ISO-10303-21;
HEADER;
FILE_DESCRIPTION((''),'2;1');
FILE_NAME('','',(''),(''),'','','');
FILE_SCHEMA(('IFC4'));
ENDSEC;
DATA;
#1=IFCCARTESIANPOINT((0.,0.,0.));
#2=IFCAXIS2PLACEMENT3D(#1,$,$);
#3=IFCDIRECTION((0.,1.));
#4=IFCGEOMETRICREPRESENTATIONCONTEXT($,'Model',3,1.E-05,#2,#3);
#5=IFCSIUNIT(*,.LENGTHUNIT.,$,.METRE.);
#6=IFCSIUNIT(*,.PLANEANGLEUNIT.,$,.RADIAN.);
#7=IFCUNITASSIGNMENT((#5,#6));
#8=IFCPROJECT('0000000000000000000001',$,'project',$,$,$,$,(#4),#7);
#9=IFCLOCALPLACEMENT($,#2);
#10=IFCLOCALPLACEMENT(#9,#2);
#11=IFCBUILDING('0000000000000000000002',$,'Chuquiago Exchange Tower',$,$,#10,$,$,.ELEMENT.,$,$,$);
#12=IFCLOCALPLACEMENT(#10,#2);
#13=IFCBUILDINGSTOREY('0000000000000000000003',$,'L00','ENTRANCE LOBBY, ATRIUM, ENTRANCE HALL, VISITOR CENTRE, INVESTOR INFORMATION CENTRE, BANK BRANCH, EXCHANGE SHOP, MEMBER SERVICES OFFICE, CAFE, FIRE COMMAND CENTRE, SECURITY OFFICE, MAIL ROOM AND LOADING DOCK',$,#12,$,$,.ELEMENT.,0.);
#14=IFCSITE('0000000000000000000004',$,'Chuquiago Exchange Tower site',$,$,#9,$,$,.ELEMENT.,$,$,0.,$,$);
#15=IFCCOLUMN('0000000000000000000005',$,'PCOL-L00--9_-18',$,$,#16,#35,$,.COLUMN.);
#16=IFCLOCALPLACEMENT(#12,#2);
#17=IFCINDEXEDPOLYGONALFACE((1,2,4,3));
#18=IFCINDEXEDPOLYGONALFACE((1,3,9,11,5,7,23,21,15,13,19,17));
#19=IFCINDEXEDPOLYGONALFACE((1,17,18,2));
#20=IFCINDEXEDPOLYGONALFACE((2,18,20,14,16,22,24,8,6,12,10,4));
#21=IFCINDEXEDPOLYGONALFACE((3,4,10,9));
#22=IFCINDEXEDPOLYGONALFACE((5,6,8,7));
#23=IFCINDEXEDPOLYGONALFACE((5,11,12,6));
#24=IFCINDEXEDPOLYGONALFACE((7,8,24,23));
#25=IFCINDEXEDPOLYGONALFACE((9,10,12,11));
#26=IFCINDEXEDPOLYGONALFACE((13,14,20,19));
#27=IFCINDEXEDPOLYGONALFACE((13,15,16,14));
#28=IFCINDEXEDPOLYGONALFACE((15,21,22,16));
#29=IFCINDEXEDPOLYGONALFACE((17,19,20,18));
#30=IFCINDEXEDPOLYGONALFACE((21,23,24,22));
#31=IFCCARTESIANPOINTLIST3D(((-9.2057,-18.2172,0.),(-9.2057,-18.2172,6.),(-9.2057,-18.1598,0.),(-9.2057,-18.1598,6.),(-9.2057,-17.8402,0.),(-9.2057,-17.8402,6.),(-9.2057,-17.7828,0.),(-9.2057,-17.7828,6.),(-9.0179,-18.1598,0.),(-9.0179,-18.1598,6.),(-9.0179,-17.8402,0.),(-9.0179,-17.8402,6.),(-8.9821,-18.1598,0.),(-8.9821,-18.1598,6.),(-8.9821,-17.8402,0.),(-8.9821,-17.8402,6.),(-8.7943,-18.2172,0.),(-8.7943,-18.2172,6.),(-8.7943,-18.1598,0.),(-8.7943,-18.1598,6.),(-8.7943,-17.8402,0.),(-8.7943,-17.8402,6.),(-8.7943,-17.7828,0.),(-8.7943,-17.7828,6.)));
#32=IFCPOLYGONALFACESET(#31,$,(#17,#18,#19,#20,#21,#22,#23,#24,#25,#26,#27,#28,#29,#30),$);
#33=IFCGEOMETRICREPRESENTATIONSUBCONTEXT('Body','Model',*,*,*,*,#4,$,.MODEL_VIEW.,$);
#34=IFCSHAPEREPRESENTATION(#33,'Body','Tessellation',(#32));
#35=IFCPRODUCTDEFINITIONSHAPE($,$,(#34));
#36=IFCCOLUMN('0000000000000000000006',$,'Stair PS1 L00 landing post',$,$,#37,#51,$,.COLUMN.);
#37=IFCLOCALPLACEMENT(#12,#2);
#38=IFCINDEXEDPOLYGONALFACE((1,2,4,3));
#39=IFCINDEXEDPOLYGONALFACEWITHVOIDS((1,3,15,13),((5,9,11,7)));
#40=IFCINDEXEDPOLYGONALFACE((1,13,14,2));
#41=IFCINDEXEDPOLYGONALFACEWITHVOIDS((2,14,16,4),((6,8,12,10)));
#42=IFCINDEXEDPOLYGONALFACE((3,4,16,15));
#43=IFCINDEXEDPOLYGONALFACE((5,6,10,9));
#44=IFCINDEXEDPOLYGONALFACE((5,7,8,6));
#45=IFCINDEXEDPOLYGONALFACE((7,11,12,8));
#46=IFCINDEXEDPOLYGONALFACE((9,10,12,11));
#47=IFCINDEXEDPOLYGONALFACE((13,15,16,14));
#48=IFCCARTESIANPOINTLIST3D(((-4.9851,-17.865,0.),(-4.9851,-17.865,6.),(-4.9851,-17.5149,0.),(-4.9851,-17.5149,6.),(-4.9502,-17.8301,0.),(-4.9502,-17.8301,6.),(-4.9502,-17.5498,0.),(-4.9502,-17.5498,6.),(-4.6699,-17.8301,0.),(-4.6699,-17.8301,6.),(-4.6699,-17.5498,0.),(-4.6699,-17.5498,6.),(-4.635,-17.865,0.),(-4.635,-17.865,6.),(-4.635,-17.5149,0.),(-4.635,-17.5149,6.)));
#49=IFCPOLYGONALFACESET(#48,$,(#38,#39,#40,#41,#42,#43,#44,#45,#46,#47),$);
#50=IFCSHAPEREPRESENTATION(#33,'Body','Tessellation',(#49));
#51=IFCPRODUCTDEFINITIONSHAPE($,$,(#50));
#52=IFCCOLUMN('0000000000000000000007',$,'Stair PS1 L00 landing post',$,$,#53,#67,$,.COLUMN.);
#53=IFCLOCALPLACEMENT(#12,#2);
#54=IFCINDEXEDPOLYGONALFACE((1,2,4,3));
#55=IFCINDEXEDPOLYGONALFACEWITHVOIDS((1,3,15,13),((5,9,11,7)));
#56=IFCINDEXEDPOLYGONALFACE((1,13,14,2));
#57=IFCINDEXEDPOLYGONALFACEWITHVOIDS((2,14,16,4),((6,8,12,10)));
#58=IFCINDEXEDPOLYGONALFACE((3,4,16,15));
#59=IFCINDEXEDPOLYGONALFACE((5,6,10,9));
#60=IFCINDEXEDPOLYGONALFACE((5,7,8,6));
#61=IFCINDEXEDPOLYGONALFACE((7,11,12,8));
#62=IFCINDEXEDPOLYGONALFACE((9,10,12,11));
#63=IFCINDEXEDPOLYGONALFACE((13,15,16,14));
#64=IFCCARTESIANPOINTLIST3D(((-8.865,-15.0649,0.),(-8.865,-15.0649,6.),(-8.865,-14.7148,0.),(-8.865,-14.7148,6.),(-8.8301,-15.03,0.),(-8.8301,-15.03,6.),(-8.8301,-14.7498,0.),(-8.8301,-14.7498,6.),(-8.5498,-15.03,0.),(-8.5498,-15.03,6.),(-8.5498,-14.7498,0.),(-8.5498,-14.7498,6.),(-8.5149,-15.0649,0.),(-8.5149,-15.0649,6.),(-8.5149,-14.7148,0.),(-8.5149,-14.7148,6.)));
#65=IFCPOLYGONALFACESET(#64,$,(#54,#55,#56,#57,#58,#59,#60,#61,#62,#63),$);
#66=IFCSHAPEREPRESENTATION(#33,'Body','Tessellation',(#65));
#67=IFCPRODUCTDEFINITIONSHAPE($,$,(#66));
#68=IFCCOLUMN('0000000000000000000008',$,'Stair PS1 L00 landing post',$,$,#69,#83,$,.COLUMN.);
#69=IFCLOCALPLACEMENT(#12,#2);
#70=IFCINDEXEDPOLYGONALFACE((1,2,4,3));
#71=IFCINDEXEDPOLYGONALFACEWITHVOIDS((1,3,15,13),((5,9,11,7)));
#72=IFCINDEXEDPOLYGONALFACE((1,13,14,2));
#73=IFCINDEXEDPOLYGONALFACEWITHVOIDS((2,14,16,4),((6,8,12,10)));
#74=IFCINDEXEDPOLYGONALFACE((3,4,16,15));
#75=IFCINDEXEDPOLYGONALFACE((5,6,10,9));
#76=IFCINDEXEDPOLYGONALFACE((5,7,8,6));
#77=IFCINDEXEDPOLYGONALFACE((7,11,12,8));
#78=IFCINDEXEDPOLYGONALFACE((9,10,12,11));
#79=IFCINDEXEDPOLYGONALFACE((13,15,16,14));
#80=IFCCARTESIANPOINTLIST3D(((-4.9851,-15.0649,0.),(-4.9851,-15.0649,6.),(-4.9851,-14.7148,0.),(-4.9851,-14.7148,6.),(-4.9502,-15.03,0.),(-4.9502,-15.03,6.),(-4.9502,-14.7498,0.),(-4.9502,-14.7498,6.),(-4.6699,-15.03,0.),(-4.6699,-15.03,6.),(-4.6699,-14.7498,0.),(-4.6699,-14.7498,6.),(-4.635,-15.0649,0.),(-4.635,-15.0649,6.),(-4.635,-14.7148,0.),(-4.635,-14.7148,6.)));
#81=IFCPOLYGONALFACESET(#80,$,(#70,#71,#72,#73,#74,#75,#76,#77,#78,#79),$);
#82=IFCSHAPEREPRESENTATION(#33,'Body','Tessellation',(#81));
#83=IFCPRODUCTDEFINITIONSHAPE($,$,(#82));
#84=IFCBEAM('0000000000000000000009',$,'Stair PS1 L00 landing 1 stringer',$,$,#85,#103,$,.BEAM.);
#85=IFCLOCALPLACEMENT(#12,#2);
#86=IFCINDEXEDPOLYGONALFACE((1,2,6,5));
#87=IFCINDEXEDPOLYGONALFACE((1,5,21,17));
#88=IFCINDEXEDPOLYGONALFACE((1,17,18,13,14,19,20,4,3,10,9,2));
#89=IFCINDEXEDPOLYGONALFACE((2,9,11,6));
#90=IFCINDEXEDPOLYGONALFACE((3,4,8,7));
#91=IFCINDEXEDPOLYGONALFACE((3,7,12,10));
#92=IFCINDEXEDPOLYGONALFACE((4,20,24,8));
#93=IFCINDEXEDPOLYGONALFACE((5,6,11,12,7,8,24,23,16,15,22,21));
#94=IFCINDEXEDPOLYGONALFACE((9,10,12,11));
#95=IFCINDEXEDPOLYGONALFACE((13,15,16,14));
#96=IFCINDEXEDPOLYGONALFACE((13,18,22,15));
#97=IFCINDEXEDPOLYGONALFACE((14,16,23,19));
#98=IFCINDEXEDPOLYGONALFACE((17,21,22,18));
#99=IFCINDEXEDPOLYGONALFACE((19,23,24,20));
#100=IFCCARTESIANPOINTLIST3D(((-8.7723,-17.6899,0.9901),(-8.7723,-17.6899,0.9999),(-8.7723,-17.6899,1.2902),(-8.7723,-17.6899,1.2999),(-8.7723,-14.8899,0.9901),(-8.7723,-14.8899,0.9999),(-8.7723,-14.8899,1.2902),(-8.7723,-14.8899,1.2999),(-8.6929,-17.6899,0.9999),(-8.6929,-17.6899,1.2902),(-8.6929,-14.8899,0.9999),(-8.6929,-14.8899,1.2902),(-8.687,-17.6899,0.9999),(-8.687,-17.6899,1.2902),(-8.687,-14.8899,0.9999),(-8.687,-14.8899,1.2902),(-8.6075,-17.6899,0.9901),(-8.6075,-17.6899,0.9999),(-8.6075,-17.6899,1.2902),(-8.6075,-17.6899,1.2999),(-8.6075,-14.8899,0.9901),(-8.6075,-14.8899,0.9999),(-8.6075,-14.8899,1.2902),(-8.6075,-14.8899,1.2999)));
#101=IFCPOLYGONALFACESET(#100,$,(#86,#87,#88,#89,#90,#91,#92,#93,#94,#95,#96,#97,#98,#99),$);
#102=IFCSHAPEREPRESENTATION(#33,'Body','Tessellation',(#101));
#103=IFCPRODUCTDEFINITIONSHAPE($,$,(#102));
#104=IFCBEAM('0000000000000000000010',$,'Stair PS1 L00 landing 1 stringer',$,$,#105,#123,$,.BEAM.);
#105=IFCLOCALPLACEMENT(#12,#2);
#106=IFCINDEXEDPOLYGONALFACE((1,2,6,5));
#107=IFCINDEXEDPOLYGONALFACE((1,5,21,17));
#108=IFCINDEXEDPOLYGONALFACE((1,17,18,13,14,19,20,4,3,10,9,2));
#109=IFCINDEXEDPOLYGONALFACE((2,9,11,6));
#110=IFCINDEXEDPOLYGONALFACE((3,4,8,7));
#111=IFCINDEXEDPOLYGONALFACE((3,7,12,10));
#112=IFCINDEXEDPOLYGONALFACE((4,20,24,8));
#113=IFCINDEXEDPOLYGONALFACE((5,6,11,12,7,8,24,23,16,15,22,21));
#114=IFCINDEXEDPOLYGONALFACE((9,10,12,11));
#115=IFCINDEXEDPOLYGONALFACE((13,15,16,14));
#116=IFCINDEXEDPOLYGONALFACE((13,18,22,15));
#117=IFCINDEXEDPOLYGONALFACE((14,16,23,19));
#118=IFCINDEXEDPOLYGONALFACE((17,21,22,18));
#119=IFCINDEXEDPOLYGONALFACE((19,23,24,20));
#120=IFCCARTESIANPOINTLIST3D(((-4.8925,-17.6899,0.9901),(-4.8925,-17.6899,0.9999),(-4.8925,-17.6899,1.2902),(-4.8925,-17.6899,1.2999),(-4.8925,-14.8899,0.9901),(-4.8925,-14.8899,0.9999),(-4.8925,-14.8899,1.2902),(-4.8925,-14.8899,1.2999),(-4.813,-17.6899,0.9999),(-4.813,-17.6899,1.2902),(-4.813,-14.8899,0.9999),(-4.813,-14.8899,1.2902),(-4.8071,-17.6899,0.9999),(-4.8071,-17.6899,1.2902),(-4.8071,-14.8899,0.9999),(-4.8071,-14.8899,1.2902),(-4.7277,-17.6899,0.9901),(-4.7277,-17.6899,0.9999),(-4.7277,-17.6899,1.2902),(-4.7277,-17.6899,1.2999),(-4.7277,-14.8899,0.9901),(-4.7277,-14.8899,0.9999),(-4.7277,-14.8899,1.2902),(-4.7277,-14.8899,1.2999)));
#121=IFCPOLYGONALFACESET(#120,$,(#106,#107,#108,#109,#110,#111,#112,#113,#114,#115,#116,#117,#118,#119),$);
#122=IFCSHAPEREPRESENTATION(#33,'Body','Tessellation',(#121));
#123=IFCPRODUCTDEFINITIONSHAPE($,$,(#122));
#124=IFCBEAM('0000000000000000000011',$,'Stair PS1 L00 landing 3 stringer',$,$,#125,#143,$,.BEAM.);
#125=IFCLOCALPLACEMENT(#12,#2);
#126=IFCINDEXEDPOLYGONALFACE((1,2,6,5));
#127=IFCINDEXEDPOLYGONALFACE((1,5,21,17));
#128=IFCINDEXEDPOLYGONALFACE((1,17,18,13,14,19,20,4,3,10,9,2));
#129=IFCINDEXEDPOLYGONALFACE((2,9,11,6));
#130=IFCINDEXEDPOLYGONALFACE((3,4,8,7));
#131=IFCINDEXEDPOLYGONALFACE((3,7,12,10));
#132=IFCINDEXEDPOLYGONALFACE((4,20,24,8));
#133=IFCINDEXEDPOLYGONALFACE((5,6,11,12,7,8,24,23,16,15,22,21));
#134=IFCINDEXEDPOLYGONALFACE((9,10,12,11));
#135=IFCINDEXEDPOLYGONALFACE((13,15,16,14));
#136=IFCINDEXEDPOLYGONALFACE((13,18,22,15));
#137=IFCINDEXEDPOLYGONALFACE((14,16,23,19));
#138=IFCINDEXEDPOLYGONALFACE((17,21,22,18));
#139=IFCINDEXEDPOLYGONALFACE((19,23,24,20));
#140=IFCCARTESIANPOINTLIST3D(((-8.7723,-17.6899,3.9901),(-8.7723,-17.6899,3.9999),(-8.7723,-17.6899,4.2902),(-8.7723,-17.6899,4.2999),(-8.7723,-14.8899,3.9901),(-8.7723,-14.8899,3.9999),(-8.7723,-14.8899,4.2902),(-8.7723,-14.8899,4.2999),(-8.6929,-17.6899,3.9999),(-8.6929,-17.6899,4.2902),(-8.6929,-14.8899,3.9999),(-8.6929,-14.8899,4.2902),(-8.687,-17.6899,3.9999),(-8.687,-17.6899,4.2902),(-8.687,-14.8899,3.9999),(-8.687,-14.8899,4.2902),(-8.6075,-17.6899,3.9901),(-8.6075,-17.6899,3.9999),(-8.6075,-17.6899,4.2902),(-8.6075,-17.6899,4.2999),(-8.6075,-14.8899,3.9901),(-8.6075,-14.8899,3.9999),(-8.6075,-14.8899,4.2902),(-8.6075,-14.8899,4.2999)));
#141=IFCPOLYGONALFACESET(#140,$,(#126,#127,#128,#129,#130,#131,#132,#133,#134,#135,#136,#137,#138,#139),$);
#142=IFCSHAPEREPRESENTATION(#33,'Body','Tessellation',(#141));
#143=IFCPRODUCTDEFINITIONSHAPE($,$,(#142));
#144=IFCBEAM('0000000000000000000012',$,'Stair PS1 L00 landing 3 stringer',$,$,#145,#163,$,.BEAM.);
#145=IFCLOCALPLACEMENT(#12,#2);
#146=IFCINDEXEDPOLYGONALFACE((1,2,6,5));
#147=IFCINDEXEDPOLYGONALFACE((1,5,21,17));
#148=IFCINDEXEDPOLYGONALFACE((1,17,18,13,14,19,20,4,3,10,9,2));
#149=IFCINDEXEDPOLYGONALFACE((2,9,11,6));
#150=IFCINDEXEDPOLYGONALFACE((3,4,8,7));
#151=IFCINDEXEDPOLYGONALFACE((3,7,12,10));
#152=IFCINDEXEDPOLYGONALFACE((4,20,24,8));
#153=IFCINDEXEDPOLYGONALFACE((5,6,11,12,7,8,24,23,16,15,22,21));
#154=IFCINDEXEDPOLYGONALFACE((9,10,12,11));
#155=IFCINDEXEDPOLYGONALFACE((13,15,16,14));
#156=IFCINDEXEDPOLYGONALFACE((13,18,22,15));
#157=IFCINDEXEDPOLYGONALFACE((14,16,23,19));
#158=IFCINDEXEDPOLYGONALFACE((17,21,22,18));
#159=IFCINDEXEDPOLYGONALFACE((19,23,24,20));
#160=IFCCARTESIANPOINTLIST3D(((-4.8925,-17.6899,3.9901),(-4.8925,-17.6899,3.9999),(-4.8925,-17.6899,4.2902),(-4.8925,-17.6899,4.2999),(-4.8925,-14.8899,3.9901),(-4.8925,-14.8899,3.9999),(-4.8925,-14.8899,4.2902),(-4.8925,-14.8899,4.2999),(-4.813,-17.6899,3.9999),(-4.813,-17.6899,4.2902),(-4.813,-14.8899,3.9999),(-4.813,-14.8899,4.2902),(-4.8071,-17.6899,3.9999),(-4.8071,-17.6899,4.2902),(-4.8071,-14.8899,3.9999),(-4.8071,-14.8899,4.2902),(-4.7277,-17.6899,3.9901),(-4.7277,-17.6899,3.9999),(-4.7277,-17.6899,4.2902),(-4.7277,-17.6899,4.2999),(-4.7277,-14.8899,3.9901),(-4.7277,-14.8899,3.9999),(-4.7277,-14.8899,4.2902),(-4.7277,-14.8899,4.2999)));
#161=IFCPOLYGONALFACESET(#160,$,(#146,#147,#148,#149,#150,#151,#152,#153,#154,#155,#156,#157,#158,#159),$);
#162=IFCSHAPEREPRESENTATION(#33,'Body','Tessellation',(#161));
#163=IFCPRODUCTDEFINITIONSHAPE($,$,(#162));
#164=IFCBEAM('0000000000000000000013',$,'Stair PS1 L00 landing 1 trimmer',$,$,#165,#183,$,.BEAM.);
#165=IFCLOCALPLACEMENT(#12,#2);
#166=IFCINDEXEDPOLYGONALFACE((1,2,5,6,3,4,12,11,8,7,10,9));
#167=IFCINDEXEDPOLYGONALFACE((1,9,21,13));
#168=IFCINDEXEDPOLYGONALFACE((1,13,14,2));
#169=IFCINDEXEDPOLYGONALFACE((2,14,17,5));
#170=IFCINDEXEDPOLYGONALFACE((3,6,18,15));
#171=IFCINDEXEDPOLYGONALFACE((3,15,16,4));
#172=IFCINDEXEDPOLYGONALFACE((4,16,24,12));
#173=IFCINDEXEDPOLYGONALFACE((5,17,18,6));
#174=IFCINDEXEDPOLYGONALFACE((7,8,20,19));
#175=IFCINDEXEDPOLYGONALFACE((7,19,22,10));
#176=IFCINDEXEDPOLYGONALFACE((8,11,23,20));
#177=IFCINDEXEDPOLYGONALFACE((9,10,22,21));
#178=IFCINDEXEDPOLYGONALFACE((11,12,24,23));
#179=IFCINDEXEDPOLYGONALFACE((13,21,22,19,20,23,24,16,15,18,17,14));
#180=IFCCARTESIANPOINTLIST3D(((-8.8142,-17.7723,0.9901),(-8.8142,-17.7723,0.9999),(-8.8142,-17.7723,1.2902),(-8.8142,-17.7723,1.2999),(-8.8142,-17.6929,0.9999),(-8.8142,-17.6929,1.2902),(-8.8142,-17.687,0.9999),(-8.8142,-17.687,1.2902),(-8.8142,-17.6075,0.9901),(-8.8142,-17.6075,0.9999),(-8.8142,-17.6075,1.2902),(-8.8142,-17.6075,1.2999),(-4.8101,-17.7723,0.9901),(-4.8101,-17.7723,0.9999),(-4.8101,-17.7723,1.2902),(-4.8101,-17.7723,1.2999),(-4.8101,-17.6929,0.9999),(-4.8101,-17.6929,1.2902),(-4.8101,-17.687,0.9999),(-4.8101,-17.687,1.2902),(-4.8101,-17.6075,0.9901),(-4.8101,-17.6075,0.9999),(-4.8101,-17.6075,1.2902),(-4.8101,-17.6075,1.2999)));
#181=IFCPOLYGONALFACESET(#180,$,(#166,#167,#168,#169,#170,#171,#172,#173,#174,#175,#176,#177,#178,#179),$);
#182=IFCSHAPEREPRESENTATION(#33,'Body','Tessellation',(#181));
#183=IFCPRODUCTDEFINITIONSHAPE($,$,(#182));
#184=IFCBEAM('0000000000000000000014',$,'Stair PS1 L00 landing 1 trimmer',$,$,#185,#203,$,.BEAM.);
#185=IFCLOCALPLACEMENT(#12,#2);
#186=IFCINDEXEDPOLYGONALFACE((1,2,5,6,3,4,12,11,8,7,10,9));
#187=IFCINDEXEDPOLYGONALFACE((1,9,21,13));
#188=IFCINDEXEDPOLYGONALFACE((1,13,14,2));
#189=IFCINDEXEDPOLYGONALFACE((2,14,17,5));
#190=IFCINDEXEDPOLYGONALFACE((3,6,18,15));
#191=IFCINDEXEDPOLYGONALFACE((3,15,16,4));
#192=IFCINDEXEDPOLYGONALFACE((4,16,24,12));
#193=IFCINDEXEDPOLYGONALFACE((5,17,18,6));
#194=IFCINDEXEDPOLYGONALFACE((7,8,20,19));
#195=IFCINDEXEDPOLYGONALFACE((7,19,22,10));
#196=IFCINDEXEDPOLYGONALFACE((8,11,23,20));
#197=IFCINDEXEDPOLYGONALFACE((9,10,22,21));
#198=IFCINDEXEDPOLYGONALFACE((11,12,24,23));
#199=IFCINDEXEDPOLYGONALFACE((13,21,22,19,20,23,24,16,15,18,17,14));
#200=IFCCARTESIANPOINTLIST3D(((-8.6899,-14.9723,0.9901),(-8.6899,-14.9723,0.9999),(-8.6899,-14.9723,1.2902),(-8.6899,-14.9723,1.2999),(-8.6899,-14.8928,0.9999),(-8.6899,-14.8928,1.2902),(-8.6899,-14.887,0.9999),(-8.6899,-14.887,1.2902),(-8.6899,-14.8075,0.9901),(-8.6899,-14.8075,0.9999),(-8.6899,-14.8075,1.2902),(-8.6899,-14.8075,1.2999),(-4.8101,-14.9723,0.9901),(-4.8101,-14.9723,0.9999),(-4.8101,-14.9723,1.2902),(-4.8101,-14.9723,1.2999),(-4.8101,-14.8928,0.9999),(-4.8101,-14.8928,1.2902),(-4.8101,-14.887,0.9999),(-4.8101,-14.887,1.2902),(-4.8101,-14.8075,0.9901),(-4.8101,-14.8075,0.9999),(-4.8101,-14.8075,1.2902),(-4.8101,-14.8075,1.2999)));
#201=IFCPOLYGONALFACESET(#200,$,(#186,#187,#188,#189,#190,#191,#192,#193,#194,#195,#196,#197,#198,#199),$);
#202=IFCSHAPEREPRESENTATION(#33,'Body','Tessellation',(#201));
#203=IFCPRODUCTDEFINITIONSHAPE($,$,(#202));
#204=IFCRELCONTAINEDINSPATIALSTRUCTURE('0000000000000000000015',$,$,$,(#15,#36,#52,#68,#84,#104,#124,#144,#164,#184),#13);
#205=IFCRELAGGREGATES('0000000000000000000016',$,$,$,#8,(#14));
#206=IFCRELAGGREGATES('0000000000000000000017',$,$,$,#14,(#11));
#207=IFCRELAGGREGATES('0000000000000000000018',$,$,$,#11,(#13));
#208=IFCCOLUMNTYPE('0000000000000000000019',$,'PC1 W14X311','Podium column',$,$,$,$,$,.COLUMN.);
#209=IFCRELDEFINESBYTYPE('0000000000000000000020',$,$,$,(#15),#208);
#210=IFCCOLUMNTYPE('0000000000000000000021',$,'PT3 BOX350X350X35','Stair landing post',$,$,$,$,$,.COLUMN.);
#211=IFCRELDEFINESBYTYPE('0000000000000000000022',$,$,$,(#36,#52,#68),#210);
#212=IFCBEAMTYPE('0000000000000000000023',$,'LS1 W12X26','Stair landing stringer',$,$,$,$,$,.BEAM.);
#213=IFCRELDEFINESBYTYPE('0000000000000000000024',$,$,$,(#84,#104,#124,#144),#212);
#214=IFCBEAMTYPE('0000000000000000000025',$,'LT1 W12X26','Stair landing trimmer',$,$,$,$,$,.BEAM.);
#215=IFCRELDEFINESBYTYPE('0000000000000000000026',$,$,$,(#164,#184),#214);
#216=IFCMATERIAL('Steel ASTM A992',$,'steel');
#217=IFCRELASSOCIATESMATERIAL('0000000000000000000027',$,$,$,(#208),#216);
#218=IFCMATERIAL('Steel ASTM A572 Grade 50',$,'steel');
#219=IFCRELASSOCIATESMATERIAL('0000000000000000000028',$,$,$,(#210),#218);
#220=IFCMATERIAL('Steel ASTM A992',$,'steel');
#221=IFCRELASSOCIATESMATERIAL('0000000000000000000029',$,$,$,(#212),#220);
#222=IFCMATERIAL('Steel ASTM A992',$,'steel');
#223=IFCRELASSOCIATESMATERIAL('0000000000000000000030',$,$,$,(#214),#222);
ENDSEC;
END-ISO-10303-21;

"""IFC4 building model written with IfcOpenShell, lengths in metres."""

from ifc_helpers import new_model, si_unit, direction, frame, origin, origin_2d, place, context, subcontext, project, spatial, hollow_rectangle, i_section, extrude, material, material_profile, profile_set, type_object, element, save


model = new_model("IFC4")

# Units and contexts
model_context = context("Model", 3, precision=1e-05, world=origin(), true_north=direction((0.0, 1.0)))
body_context = subcontext(model_context, "Body", "Model", "MODEL_VIEW")
ifc_project = project(units=[si_unit("LENGTHUNIT", "METRE"), si_unit("PLANEANGLEUNIT", "RADIAN")], contexts=[model_context])

# Site, building, storey
site_placement = place(None, origin())
site = spatial("IfcSite", under=ifc_project, at=site_placement, Name="Chuquiago Exchange Tower site", CompositionType="ELEMENT", RefElevation=0.0)
building_placement = place(site_placement, origin())
building = spatial("IfcBuilding", under=site, at=building_placement, Name="Chuquiago Exchange Tower", CompositionType="ELEMENT")
storey_placement = place(building_placement, origin())
storey = spatial("IfcBuildingStorey", under=building, at=storey_placement, Name="L00", Description="ENTRANCE LOBBY, ATRIUM, ENTRANCE HALL, VISITOR CENTRE, INVESTOR INFORMATION CENTRE, BANK BRANCH, EXCHANGE SHOP, MEMBER SERVICES OFFICE, CAFE, FIRE COMMAND CENTRE, SECURITY OFFICE, MAIL ROOM AND LOADING DOCK", CompositionType="ELEMENT", Elevation=0.0)

# Columns
ifc_material_1 = material(Name="Steel ASTM A992", Category="steel")
ifc_material_profile_1 = material_profile(ifc_material_1, i_section(OverallWidth=0.4114, OverallDepth=0.4343, WebThickness=0.0359, FlangeThickness=0.0574, at=origin_2d()), Name="W14X311")
ifc_profile_set_1 = profile_set([ifc_material_profile_1], Name="Steel ASTM A992")
column_type_1 = type_object("IfcColumnType", Name="PC1 W14X311", Description="Podium column", PredefinedType="COLUMN", material=ifc_profile_set_1)
column_placement = place(storey_placement, frame((-9.0, -18.0, 0.0), z_axis=(0.0, 0.0, 1.0), x_axis=(1.0, 0.0, 0.0)))
element("IfcColumn", 1, at=column_placement, inside=storey, type_object=column_type_1, Name="PCOL-L00--9_-18", PredefinedType="COLUMN", context=body_context, shape_type="SweptSolid", body=[
    extrude(i_section(OverallWidth=0.4114, OverallDepth=0.4343, WebThickness=0.0359, FlangeThickness=0.0574, at=origin_2d()), origin(), (0.0, 0.0, 1.0), 6.0),
])
ifc_material_2 = material(Name="Steel ASTM A572 Grade 50", Category="steel")
ifc_material_profile_2 = material_profile(ifc_material_2, hollow_rectangle(XDim=0.3501, YDim=0.3501, WallThickness=0.0349, at=origin_2d()), Name="BOX350X350X35")
ifc_profile_set_2 = profile_set([ifc_material_profile_2], Name="Steel ASTM A572 Grade 50")
column_type_2 = type_object("IfcColumnType", Name="PT3 BOX350X350X35", Description="Stair landing post", PredefinedType="COLUMN", material=ifc_profile_set_2)
for number, where, z_axis, x_axis, name in (
    (2, (-4.8101, -17.6899, 0.0), (0.0, 0.0, 1.0), (1.0, 0.0, 0.0), "Stair PS1 L00 landing post"),
    (3, (-8.6899, -14.8899, 0.0), (0.0, 0.0, 1.0), (1.0, 0.0, 0.0), "Stair PS1 L00 landing post"),
    (4, (-4.8101, -14.8899, 0.0), (0.0, 0.0, 1.0), (1.0, 0.0, 0.0), "Stair PS1 L00 landing post"),
):
    element("IfcColumn", number, at=place(storey_placement, frame(where, z_axis=z_axis, x_axis=x_axis)), inside=storey, type_object=column_type_2, Name=name, PredefinedType="COLUMN", context=body_context, shape_type="SweptSolid", body=[
        extrude(hollow_rectangle(XDim=0.3501, YDim=0.3501, WallThickness=0.0349, at=origin_2d()), origin(), (0.0, 0.0, 1.0), 6.0),
    ])

# Beams
ifc_material_3 = material(Name="Steel ASTM A992", Category="steel")
ifc_material_profile_3 = material_profile(ifc_material_3, i_section(OverallWidth=0.1648, OverallDepth=0.3098, WebThickness=0.0059, FlangeThickness=0.0098, at=origin_2d()), Name="W12X26")
ifc_profile_set_3 = profile_set([ifc_material_profile_3], Name="Steel ASTM A992")
beam_type_1 = type_object("IfcBeamType", Name="LS1 W12X26", Description="Stair landing stringer", PredefinedType="BEAM", material=ifc_profile_set_3)
for number, where, z_axis, x_axis, name in (
    (5, (-8.6899, -17.6899, 1.145), (0.0, 1.0, 0.0), (-1.0, 0.0, 0.0), "Stair PS1 L00 landing 1 stringer"),
    (6, (-4.8101, -17.6899, 1.145), (0.0, 1.0, 0.0), (-1.0, 0.0, 0.0), "Stair PS1 L00 landing 1 stringer"),
    (7, (-8.6899, -17.6899, 4.145), (0.0, 1.0, 0.0), (-1.0, 0.0, 0.0), "Stair PS1 L00 landing 3 stringer"),
    (8, (-4.8101, -17.6899, 4.145), (0.0, 1.0, 0.0), (-1.0, 0.0, 0.0), "Stair PS1 L00 landing 3 stringer"),
):
    element("IfcBeam", number, at=place(storey_placement, frame(where, z_axis=z_axis, x_axis=x_axis)), inside=storey, type_object=beam_type_1, Name=name, PredefinedType="BEAM", context=body_context, shape_type="SweptSolid", body=[
        extrude(i_section(OverallWidth=0.1648, OverallDepth=0.3098, WebThickness=0.0059, FlangeThickness=0.0098, at=origin_2d()), origin(), (0.0, 0.0, 1.0), 2.8),
    ])
ifc_material_4 = material(Name="Steel ASTM A992", Category="steel")
ifc_material_profile_4 = material_profile(ifc_material_4, i_section(OverallWidth=0.1648, OverallDepth=0.3098, WebThickness=0.0059, FlangeThickness=0.0098, at=origin_2d()), Name="W12X26")
ifc_profile_set_4 = profile_set([ifc_material_profile_4], Name="Steel ASTM A992")
beam_type_2 = type_object("IfcBeamType", Name="LT1 W12X26", Description="Stair landing trimmer", PredefinedType="BEAM", material=ifc_profile_set_4)
beam_1_placement = place(storey_placement, frame((-8.8142, -17.6899, 1.145), z_axis=(1.0, 0.0, 0.0), x_axis=(0.0, 1.0, 0.0)))
element("IfcBeam", 9, at=beam_1_placement, inside=storey, type_object=beam_type_2, Name="Stair PS1 L00 landing 1 trimmer", PredefinedType="BEAM", context=body_context, shape_type="SweptSolid", body=[
    extrude(i_section(OverallWidth=0.1648, OverallDepth=0.3098, WebThickness=0.0059, FlangeThickness=0.0098, at=origin_2d()), origin(), (0.0, 0.0, 1.0), 4.0042),
])
beam_2_placement = place(storey_placement, frame((-8.6899, -14.8899, 1.145), z_axis=(1.0, 0.0, 0.0), x_axis=(0.0, 1.0, 0.0)))
element("IfcBeam", 10, at=beam_2_placement, inside=storey, type_object=beam_type_2, Name="Stair PS1 L00 landing 1 trimmer", PredefinedType="BEAM", context=body_context, shape_type="SweptSolid", body=[
    extrude(i_section(OverallWidth=0.1648, OverallDepth=0.3098, WebThickness=0.0059, FlangeThickness=0.0098, at=origin_2d()), origin(), (0.0, 0.0, 1.0), 3.8799),
])

save(model, "model.ifc")
